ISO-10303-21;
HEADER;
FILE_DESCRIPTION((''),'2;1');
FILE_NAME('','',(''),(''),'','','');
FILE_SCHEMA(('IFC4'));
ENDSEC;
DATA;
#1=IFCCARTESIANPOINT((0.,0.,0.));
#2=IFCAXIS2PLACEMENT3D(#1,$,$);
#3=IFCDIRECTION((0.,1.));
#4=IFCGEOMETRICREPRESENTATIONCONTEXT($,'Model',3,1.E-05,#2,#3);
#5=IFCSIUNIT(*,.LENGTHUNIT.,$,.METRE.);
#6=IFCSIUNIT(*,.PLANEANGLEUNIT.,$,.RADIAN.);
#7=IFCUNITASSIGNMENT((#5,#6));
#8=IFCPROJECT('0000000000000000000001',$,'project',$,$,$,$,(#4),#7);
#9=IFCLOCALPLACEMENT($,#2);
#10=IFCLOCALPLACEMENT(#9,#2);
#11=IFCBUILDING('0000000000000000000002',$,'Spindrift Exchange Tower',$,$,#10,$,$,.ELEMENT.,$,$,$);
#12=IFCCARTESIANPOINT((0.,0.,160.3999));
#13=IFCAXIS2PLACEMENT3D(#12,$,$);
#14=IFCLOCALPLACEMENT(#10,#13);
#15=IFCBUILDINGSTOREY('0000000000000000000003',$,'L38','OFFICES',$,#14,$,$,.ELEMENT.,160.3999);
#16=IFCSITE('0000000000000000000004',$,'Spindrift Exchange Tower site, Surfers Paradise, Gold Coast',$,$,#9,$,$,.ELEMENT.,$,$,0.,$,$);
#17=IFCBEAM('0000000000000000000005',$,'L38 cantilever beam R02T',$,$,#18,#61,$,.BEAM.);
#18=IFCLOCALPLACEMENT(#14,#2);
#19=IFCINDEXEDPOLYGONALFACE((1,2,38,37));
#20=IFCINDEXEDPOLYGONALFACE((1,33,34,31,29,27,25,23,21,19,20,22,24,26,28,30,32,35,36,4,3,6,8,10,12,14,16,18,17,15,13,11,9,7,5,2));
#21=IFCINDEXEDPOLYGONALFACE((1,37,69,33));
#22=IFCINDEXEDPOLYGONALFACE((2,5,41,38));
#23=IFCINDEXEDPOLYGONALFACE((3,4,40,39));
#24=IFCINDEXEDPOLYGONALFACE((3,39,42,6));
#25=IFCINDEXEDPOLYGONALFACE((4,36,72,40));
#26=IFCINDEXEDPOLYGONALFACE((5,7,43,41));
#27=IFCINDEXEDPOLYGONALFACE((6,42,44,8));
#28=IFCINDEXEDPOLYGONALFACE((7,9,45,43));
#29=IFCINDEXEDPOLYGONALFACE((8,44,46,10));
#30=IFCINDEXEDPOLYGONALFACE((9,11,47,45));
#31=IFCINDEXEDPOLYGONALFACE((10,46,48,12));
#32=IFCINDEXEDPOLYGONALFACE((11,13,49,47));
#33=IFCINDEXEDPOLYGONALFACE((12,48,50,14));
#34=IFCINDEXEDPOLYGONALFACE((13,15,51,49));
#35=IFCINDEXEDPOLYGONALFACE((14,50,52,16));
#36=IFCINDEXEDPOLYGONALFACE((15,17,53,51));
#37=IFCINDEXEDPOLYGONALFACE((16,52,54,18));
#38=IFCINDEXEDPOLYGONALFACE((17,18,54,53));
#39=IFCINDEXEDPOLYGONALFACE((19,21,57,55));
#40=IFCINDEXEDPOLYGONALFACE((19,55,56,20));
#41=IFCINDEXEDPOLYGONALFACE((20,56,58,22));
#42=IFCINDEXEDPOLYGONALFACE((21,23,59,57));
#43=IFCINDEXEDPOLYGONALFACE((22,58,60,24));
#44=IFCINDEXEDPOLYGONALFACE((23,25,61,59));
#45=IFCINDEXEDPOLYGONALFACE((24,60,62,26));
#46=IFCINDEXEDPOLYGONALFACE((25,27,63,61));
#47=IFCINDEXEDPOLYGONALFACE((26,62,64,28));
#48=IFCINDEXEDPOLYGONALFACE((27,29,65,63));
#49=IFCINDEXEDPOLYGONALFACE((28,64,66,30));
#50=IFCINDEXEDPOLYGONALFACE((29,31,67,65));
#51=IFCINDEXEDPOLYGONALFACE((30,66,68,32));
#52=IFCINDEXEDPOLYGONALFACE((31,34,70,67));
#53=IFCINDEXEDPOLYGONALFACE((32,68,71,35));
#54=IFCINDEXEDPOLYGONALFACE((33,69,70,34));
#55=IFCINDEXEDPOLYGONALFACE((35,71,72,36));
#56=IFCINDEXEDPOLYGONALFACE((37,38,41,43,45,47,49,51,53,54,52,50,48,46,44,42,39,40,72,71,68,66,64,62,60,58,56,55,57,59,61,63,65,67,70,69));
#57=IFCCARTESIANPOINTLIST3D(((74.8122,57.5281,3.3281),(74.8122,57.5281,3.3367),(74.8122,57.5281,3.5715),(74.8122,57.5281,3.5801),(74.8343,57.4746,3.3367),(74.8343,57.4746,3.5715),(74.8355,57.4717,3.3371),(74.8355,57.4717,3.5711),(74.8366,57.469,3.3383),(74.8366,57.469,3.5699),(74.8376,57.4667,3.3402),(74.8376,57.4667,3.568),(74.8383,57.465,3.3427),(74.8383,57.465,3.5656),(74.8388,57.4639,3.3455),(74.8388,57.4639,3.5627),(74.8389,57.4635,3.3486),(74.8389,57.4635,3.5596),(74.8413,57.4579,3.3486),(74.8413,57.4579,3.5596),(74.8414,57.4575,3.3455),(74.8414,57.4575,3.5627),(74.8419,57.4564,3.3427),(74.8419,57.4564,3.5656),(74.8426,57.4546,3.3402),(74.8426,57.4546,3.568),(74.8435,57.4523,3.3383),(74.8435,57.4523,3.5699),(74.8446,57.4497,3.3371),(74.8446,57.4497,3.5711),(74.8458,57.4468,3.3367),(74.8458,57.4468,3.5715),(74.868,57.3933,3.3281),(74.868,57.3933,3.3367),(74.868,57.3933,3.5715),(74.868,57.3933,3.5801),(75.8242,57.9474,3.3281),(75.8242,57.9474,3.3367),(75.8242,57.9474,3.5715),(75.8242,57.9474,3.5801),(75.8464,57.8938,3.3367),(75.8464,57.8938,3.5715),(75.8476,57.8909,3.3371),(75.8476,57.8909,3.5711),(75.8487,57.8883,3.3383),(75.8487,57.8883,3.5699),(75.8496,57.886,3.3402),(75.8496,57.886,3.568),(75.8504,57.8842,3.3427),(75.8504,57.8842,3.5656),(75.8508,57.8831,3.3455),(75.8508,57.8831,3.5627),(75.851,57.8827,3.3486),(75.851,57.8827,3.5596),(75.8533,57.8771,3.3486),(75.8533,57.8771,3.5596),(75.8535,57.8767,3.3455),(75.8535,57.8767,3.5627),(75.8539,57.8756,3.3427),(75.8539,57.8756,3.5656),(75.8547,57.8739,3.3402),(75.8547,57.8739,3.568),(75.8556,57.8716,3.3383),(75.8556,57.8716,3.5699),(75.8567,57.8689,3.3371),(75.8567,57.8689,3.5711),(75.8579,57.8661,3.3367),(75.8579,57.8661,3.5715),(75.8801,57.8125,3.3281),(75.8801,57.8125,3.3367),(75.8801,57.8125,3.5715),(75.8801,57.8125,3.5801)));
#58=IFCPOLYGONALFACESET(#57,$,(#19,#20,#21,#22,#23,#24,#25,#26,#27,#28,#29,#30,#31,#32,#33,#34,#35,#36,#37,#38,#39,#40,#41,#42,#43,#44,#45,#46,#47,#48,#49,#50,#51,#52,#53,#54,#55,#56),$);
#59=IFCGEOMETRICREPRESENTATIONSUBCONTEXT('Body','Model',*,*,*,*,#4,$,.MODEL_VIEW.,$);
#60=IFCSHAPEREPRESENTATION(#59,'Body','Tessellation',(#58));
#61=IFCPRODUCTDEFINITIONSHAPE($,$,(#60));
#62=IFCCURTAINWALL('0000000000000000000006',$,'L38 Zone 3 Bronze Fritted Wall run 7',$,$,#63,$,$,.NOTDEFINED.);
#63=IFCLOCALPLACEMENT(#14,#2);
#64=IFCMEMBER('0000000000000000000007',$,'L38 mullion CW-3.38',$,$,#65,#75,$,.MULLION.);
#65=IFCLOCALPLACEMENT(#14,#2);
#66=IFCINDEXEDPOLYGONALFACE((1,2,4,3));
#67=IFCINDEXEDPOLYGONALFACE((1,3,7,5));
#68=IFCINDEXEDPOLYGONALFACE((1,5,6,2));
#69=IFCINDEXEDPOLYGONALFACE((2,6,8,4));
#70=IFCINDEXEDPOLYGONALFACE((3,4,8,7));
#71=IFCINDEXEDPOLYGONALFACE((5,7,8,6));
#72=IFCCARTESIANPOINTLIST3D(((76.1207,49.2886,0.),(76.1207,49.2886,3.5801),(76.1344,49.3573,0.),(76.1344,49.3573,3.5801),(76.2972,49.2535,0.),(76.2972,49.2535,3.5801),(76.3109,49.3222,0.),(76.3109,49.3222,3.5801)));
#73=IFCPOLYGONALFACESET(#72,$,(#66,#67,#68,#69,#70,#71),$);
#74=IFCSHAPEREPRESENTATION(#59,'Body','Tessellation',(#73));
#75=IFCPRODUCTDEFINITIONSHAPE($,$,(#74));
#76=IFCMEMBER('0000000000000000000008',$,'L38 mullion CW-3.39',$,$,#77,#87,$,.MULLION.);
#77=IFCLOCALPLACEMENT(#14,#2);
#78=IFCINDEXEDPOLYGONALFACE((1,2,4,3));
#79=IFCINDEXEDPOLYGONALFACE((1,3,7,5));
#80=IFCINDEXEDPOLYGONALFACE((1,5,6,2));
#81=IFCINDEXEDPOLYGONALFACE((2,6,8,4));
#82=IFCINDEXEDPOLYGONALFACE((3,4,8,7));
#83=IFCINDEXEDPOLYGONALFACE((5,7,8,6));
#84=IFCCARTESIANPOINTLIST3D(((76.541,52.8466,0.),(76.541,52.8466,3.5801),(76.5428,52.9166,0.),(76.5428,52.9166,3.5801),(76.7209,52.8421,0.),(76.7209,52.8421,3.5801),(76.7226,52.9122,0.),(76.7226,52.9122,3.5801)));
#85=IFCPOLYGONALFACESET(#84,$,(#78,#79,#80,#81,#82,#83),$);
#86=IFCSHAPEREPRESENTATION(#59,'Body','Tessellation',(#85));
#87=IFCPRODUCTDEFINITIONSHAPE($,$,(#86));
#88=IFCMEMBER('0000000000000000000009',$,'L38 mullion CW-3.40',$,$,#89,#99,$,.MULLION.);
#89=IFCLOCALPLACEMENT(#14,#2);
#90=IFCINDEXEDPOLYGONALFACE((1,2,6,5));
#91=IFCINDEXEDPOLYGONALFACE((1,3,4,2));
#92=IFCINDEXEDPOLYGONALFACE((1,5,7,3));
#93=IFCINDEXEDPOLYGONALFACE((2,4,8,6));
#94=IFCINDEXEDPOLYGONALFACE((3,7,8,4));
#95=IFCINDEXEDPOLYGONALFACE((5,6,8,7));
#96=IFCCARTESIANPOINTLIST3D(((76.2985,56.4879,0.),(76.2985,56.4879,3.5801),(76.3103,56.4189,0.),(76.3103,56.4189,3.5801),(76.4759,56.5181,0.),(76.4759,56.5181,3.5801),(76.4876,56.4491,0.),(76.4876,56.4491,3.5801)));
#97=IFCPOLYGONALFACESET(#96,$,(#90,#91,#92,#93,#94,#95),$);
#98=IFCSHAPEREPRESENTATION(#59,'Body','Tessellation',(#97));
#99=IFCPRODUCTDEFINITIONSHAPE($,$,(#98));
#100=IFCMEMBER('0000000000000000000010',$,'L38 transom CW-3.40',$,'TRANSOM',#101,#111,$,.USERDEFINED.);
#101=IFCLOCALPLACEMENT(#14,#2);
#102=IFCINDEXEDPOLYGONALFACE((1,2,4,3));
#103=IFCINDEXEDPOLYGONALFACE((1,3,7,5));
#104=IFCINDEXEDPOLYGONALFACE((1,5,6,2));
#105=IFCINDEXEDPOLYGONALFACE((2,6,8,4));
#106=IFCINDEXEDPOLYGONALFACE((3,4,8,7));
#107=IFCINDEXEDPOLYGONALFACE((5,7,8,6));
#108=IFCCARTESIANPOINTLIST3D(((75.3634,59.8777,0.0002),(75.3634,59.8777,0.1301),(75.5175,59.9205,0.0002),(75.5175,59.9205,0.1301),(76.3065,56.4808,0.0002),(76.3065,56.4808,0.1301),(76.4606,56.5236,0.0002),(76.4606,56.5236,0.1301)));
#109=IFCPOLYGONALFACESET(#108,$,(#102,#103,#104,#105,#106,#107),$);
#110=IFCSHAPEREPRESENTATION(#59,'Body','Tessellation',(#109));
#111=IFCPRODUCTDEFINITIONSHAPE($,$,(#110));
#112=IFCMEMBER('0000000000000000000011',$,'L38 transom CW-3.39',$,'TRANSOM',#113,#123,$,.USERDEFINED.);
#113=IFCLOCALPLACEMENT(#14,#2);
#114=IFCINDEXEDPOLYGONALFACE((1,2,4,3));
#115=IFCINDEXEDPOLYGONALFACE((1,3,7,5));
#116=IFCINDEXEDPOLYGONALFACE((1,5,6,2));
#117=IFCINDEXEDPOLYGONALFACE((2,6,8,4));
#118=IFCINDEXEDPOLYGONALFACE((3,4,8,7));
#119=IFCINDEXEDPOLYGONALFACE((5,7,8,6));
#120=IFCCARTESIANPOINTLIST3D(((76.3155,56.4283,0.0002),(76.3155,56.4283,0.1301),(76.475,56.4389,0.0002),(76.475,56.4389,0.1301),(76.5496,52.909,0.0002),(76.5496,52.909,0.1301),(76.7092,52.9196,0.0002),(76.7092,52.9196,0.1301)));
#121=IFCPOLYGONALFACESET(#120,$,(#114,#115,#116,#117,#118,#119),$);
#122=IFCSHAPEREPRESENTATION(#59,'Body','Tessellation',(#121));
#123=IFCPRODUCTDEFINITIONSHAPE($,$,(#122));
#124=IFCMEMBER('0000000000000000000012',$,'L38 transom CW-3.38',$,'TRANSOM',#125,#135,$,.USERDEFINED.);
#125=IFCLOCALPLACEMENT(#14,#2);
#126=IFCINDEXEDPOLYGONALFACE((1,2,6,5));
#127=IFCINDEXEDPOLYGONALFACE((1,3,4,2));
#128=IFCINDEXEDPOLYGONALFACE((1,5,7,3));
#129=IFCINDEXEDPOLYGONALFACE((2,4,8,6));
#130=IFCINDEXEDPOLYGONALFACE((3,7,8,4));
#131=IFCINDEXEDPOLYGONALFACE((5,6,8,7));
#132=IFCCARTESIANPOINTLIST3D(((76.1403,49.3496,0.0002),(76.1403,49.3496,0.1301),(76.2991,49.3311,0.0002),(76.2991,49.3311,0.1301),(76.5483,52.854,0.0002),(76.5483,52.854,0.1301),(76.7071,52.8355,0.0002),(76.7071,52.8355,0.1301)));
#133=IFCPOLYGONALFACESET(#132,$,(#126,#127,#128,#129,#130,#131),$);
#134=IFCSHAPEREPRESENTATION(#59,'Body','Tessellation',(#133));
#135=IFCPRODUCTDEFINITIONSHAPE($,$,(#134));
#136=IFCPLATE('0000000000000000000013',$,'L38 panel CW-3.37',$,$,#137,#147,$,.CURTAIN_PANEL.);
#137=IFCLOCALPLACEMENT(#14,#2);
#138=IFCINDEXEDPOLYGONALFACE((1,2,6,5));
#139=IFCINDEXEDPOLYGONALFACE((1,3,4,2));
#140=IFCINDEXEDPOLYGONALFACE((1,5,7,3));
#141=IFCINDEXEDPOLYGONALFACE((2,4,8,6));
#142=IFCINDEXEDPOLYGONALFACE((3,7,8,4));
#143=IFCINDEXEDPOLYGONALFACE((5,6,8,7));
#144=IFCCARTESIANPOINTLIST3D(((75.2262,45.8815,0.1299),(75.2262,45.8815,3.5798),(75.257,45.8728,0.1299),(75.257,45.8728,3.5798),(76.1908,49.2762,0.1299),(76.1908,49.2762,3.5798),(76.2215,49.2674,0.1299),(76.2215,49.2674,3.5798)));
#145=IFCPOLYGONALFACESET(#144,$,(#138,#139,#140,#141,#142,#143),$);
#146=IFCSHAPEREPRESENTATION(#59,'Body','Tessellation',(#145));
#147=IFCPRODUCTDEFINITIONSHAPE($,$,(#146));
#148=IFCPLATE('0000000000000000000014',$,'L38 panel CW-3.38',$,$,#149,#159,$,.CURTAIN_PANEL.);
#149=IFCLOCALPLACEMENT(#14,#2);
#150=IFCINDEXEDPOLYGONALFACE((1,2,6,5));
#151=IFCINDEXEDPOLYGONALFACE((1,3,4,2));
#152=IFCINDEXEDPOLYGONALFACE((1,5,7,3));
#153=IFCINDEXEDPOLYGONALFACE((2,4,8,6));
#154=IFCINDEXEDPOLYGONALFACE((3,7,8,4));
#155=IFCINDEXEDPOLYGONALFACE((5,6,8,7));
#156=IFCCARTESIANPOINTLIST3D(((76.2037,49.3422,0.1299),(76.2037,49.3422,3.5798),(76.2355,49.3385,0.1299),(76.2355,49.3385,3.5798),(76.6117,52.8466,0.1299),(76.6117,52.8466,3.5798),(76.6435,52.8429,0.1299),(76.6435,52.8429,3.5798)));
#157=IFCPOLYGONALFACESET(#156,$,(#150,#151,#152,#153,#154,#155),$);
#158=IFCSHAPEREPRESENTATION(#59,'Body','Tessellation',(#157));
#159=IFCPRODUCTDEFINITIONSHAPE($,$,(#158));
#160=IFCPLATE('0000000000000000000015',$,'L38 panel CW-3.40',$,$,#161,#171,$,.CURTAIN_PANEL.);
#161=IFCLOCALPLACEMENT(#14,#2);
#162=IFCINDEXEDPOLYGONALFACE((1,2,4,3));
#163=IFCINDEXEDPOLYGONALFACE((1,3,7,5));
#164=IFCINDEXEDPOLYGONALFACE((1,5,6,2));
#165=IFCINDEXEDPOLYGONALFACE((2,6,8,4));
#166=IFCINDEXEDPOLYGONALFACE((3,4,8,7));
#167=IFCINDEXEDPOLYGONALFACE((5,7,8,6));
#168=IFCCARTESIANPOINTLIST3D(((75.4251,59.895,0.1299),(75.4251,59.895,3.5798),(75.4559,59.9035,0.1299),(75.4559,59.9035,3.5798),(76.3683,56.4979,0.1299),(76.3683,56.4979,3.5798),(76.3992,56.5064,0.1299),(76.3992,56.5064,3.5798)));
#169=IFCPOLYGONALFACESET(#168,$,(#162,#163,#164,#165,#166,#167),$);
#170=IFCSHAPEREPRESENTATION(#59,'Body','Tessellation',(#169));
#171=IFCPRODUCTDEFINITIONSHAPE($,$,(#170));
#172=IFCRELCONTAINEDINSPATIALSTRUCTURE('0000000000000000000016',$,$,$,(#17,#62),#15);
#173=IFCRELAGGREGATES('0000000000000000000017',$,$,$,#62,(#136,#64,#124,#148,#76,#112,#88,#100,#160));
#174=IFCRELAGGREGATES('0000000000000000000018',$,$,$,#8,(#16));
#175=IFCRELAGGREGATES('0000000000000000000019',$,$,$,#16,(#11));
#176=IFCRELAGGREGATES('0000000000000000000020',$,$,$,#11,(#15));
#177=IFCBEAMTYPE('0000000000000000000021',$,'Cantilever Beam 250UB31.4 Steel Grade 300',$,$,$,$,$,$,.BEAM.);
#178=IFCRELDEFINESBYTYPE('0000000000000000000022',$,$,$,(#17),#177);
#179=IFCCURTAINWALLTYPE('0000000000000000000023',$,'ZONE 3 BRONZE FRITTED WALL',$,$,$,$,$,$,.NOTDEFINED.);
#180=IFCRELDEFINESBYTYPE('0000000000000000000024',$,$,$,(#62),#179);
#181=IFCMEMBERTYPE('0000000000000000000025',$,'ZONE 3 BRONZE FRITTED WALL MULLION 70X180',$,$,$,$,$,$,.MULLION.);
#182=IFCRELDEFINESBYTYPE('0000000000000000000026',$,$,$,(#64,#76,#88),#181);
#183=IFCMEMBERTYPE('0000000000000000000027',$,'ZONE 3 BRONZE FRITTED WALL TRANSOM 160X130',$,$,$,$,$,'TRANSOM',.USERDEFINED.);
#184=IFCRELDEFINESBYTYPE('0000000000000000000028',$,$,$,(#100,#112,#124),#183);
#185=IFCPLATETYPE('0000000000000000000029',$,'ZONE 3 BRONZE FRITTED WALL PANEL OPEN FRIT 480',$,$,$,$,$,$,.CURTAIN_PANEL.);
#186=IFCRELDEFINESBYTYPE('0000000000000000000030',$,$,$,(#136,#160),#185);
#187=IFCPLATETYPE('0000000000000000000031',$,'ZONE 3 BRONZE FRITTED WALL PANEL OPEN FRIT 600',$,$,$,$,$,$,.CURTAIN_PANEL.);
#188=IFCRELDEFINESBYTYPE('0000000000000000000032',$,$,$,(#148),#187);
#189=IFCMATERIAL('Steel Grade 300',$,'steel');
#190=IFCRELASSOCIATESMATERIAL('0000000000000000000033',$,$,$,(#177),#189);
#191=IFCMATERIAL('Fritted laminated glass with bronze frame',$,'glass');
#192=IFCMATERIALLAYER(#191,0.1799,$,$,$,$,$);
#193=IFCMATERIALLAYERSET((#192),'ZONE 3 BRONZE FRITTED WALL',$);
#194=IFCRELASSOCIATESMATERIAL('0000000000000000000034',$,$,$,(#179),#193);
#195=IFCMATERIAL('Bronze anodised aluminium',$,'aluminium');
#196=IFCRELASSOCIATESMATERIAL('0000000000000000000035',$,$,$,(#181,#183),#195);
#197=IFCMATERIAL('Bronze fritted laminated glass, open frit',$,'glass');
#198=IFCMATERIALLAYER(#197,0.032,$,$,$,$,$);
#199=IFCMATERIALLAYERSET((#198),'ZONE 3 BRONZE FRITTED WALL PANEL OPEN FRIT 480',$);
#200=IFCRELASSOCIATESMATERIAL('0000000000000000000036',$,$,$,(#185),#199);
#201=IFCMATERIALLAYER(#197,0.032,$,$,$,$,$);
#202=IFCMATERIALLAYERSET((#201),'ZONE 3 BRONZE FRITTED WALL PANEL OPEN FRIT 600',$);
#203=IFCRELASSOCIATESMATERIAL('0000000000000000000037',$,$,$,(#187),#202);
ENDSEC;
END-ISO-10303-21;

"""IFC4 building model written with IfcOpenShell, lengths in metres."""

from ifc_helpers import new_model, si_unit, direction, frame, origin, origin_2d, place, context, subcontext, project, spatial, rectangle, i_section, extrude, source, transform, mapped, material, layer, layer_set, material_profile, profile_set, type_object, element, aggregate, save


model = new_model("IFC4")

# Units and contexts
model_context = context("Model", 3, precision=1e-05, world=origin(), true_north=direction((0.0, 1.0)))
body_context = subcontext(model_context, "Body", "Model", "MODEL_VIEW")
ifc_project = project(units=[si_unit("LENGTHUNIT", "METRE"), si_unit("PLANEANGLEUNIT", "RADIAN")], contexts=[model_context])

# Site, building, storey
site_placement = place(None, origin())
site = spatial("IfcSite", under=ifc_project, at=site_placement, Name="Spindrift Exchange Tower site, Surfers Paradise, Gold Coast", CompositionType="ELEMENT", RefElevation=0.0)
building_placement = place(site_placement, origin())
building = spatial("IfcBuilding", under=site, at=building_placement, Name="Spindrift Exchange Tower", CompositionType="ELEMENT")
storey_placement = place(building_placement, frame((0.0, 0.0, 160.3999)))
storey = spatial("IfcBuildingStorey", under=building, at=storey_placement, Name="L38", Description="OFFICES", CompositionType="ELEMENT", Elevation=160.3999)

# Beam
ifc_material_1 = material(Name="Steel Grade 300", Category="steel")
ifc_material_profile_1 = material_profile(ifc_material_1, i_section(OverallWidth=0.146, OverallDepth=0.252, WebThickness=0.0061, FlangeThickness=0.0085, FilletRadius=0.012, at=origin_2d()), Name="250UB31.4")
ifc_profile_set_1 = profile_set([ifc_material_profile_1], Name="Steel Grade 300")
beam_type_1 = type_object("IfcBeamType", Name="Cantilever Beam 250UB31.4 Steel Grade 300", PredefinedType="BEAM", material=ifc_profile_set_1)
shared_shape_1 = source(origin(), body_context, "Body", "SweptSolid", [
    extrude(i_section(OverallWidth=0.146, OverallDepth=0.252, WebThickness=0.0061, FlangeThickness=0.0085, FilletRadius=0.012, at=origin_2d()), origin(), (0.0, 0.0, 1.0), 1.0955),
])
beam_1_placement = place(storey_placement, frame((74.8401, 57.4607, 3.4541), z_axis=(0.923873, 0.3827, 0.0), x_axis=(-0.3827, 0.923873, 0.0)))
element("IfcBeam", 1, at=beam_1_placement, inside=storey, type_object=beam_type_1, Name="L38 cantilever beam R02T", PredefinedType="BEAM", context=body_context, shape_type="MappedRepresentation", body=[
    mapped(shared_shape_1, transform((0.0, 0.0, 0.0), scale=1.0)),
])

# Curtain wall, members, plates
ifc_material_2 = material(Name="Fritted laminated glass with bronze frame", Category="glass")
ifc_layer_1 = layer(ifc_material_2, 0.1799)
ifc_layer_set_1 = layer_set([ifc_layer_1], Name="ZONE 3 BRONZE FRITTED WALL")
curtain_wall_type = type_object("IfcCurtainWallType", Name="ZONE 3 BRONZE FRITTED WALL", PredefinedType="NOTDEFINED", material=ifc_layer_set_1)
curtain_wall_placement = place(storey_placement, origin())
curtain_wall = element("IfcCurtainWall", 2, at=curtain_wall_placement, inside=storey, type_object=curtain_wall_type, Name="L38 Zone 3 Bronze Fritted Wall run 7", PredefinedType="NOTDEFINED")
ifc_material_3 = material(Name="Bronze anodised aluminium", Category="aluminium")
ifc_material_profile_2 = material_profile(ifc_material_3, rectangle(XDim=0.0701, YDim=0.1799, at=origin_2d()), Name="ZONE 3 BRONZE FRITTED WALL MULLION 70X180")
ifc_profile_set_2 = profile_set([ifc_material_profile_2], Name="Bronze anodised aluminium")
member_type_1 = type_object("IfcMemberType", Name="ZONE 3 BRONZE FRITTED WALL MULLION 70X180", PredefinedType="MULLION", material=ifc_profile_set_2)
shared_shape_2 = source(origin(), body_context, "Body", "SweptSolid", [
    extrude(rectangle(XDim=0.0701, YDim=0.1799, at=origin_2d()), origin(), (0.0, 0.0, 1.0), 3.5801),
])
member_1_placement = place(storey_placement, frame((76.2158, 49.3054, 0.0), z_axis=(0.0, 0.0, 1.0), x_axis=(0.195111, 0.980781, 0.0)))
member_1 = element("IfcMember", 3, at=member_1_placement, type_object=member_type_1, Name="L38 mullion CW-3.38", PredefinedType="MULLION", context=body_context, shape_type="MappedRepresentation", body=[
    mapped(shared_shape_2, transform((0.0, 0.0, 0.0), scale=1.0)),
])
member_2_placement = place(storey_placement, frame((76.6318, 52.8794, 0.0), z_axis=(0.0, 0.0, 1.0), x_axis=(0.024729, 0.999694, 0.0)))
member_2 = element("IfcMember", 4, at=member_2_placement, type_object=member_type_1, Name="L38 mullion CW-3.39", PredefinedType="MULLION", context=body_context, shape_type="MappedRepresentation", body=[
    mapped(shared_shape_2, transform((0.0, 0.0, 0.0), scale=1.0)),
])
member_3_placement = place(storey_placement, frame((76.3931, 56.4685, 0.0), z_axis=(0.0, 0.0, 1.0), x_axis=(-0.167846, 0.985813, 0.0)))
member_3 = element("IfcMember", 5, at=member_3_placement, type_object=member_type_1, Name="L38 mullion CW-3.40", PredefinedType="MULLION", context=body_context, shape_type="MappedRepresentation", body=[
    mapped(shared_shape_2, transform((0.0, 0.0, 0.0), scale=1.0)),
])
ifc_material_profile_3 = material_profile(ifc_material_3, rectangle(XDim=0.1599, YDim=0.1299, at=origin_2d()), Name="ZONE 3 BRONZE FRITTED WALL TRANSOM 160X130")
ifc_profile_set_3 = profile_set([ifc_material_profile_3], Name="Bronze anodised aluminium")
member_type_2 = type_object("IfcMemberType", Name="ZONE 3 BRONZE FRITTED WALL TRANSOM 160X130", ElementType="TRANSOM", PredefinedType="USERDEFINED", material=ifc_profile_set_3)
shared_shape_3 = source(origin(), body_context, "Body", "SweptSolid", [
    extrude(rectangle(XDim=0.1599, YDim=0.1299, at=origin_2d()), origin(), (0.0, 0.0, 1.0), 3.5254),
])
member_4_placement = place(storey_placement, frame((76.3835, 56.5022, 0.0652), z_axis=(-0.267515, 0.963554, 0.0), x_axis=(-0.963554, -0.267515, 0.0)))
member_4 = element("IfcMember", 6, at=member_4_placement, type_object=member_type_2, Name="L38 transom CW-3.40", ObjectType="TRANSOM", PredefinedType="USERDEFINED", context=body_context, shape_type="MappedRepresentation", body=[
    mapped(shared_shape_3, transform((0.0, 0.0, 0.0), scale=1.0)),
])
shared_shape_4 = source(origin(), body_context, "Body", "SweptSolid", [
    extrude(rectangle(XDim=0.1599, YDim=0.1299, at=origin_2d()), origin(), (0.0, 0.0, 1.0), 3.5271),
])
member_5_placement = place(storey_placement, frame((76.6294, 52.9143, 0.0652), z_axis=(-0.066381, 0.997794, 0.0), x_axis=(-0.997794, -0.066381, 0.0)))
member_5 = element("IfcMember", 7, at=member_5_placement, type_object=member_type_2, Name="L38 transom CW-3.39", ObjectType="TRANSOM", PredefinedType="USERDEFINED", context=body_context, shape_type="MappedRepresentation", body=[
    mapped(shared_shape_4, transform((0.0, 0.0, 0.0), scale=1.0)),
])
shared_shape_5 = source(origin(), body_context, "Body", "SweptSolid", [
    extrude(rectangle(XDim=0.1599, YDim=0.1299, at=origin_2d()), origin(), (0.0, 0.0, 1.0), 3.5281),
])
member_6_placement = place(storey_placement, frame((76.2197, 49.3403, 0.0652), z_axis=(0.115633, 0.993292, 0.0), x_axis=(-0.993292, 0.115633, 0.0)))
member_6 = element("IfcMember", 8, at=member_6_placement, type_object=member_type_2, Name="L38 transom CW-3.38", ObjectType="TRANSOM", PredefinedType="USERDEFINED", context=body_context, shape_type="MappedRepresentation", body=[
    mapped(shared_shape_5, transform((0.0, 0.0, 0.0), scale=1.0)),
])
ifc_material_4 = material(Name="Bronze fritted laminated glass, open frit", Category="glass")
ifc_layer_2 = layer(ifc_material_4, 0.032)
ifc_layer_set_2 = layer_set([ifc_layer_2], Name="ZONE 3 BRONZE FRITTED WALL PANEL OPEN FRIT 480")
plate_type_1 = type_object("IfcPlateType", Name="ZONE 3 BRONZE FRITTED WALL PANEL OPEN FRIT 480", PredefinedType="CURTAIN_PANEL", material=ifc_layer_set_2)
shared_shape_6 = source(origin(), body_context, "Body", "SweptSolid", [
    extrude(rectangle(XDim=3.5291, YDim=0.032, at=origin_2d()), origin(), (0.0, 0.0, 1.0), 3.45),
])
plate_1_placement = place(storey_placement, frame((75.7239, 47.5745, 0.1299), z_axis=(0.0, 0.0, 1.0), x_axis=(0.273315, 0.961925, 0.0)))
plate_1 = element("IfcPlate", 9, at=plate_1_placement, type_object=plate_type_1, Name="L38 panel CW-3.37", PredefinedType="CURTAIN_PANEL", context=body_context, shape_type="MappedRepresentation", body=[
    mapped(shared_shape_6, transform((0.0, 0.0, 0.0), scale=1.0)),
])
ifc_layer_3 = layer(ifc_material_4, 0.032)
ifc_layer_set_3 = layer_set([ifc_layer_3], Name="ZONE 3 BRONZE FRITTED WALL PANEL OPEN FRIT 600")
plate_type_2 = type_object("IfcPlateType", Name="ZONE 3 BRONZE FRITTED WALL PANEL OPEN FRIT 600", PredefinedType="CURTAIN_PANEL", material=ifc_layer_set_3)
shared_shape_7 = source(origin(), body_context, "Body", "SweptSolid", [
    extrude(rectangle(XDim=3.5281, YDim=0.032, at=origin_2d()), origin(), (0.0, 0.0, 1.0), 3.45),
])
plate_2_placement = place(storey_placement, frame((76.4236, 51.0925, 0.1299), z_axis=(0.0, 0.0, 1.0), x_axis=(0.115643, 0.993291, 0.0)))
plate_2 = element("IfcPlate", 10, at=plate_2_placement, type_object=plate_type_2, Name="L38 panel CW-3.38", PredefinedType="CURTAIN_PANEL", context=body_context, shape_type="MappedRepresentation", body=[
    mapped(shared_shape_7, transform((0.0, 0.0, 0.0), scale=1.0)),
])
shared_shape_8 = source(origin(), body_context, "Body", "SweptSolid", [
    extrude(rectangle(XDim=3.5256, YDim=0.032, at=origin_2d()), origin(), (0.0, 0.0, 1.0), 3.45),
])
plate_3_placement = place(storey_placement, frame((75.9121, 58.2007, 0.1299), z_axis=(0.0, 0.0, 1.0), x_axis=(-0.267551, 0.963544, 0.0)))
plate_3 = element("IfcPlate", 11, at=plate_3_placement, type_object=plate_type_1, Name="L38 panel CW-3.40", PredefinedType="CURTAIN_PANEL", context=body_context, shape_type="MappedRepresentation", body=[
    mapped(shared_shape_8, transform((0.0, 0.0, 0.0), scale=1.0)),
])
aggregate(curtain_wall, [plate_1, member_1, member_6, plate_2, member_2, member_5, member_3, member_4, plate_3])

save(model, "model.ifc")
